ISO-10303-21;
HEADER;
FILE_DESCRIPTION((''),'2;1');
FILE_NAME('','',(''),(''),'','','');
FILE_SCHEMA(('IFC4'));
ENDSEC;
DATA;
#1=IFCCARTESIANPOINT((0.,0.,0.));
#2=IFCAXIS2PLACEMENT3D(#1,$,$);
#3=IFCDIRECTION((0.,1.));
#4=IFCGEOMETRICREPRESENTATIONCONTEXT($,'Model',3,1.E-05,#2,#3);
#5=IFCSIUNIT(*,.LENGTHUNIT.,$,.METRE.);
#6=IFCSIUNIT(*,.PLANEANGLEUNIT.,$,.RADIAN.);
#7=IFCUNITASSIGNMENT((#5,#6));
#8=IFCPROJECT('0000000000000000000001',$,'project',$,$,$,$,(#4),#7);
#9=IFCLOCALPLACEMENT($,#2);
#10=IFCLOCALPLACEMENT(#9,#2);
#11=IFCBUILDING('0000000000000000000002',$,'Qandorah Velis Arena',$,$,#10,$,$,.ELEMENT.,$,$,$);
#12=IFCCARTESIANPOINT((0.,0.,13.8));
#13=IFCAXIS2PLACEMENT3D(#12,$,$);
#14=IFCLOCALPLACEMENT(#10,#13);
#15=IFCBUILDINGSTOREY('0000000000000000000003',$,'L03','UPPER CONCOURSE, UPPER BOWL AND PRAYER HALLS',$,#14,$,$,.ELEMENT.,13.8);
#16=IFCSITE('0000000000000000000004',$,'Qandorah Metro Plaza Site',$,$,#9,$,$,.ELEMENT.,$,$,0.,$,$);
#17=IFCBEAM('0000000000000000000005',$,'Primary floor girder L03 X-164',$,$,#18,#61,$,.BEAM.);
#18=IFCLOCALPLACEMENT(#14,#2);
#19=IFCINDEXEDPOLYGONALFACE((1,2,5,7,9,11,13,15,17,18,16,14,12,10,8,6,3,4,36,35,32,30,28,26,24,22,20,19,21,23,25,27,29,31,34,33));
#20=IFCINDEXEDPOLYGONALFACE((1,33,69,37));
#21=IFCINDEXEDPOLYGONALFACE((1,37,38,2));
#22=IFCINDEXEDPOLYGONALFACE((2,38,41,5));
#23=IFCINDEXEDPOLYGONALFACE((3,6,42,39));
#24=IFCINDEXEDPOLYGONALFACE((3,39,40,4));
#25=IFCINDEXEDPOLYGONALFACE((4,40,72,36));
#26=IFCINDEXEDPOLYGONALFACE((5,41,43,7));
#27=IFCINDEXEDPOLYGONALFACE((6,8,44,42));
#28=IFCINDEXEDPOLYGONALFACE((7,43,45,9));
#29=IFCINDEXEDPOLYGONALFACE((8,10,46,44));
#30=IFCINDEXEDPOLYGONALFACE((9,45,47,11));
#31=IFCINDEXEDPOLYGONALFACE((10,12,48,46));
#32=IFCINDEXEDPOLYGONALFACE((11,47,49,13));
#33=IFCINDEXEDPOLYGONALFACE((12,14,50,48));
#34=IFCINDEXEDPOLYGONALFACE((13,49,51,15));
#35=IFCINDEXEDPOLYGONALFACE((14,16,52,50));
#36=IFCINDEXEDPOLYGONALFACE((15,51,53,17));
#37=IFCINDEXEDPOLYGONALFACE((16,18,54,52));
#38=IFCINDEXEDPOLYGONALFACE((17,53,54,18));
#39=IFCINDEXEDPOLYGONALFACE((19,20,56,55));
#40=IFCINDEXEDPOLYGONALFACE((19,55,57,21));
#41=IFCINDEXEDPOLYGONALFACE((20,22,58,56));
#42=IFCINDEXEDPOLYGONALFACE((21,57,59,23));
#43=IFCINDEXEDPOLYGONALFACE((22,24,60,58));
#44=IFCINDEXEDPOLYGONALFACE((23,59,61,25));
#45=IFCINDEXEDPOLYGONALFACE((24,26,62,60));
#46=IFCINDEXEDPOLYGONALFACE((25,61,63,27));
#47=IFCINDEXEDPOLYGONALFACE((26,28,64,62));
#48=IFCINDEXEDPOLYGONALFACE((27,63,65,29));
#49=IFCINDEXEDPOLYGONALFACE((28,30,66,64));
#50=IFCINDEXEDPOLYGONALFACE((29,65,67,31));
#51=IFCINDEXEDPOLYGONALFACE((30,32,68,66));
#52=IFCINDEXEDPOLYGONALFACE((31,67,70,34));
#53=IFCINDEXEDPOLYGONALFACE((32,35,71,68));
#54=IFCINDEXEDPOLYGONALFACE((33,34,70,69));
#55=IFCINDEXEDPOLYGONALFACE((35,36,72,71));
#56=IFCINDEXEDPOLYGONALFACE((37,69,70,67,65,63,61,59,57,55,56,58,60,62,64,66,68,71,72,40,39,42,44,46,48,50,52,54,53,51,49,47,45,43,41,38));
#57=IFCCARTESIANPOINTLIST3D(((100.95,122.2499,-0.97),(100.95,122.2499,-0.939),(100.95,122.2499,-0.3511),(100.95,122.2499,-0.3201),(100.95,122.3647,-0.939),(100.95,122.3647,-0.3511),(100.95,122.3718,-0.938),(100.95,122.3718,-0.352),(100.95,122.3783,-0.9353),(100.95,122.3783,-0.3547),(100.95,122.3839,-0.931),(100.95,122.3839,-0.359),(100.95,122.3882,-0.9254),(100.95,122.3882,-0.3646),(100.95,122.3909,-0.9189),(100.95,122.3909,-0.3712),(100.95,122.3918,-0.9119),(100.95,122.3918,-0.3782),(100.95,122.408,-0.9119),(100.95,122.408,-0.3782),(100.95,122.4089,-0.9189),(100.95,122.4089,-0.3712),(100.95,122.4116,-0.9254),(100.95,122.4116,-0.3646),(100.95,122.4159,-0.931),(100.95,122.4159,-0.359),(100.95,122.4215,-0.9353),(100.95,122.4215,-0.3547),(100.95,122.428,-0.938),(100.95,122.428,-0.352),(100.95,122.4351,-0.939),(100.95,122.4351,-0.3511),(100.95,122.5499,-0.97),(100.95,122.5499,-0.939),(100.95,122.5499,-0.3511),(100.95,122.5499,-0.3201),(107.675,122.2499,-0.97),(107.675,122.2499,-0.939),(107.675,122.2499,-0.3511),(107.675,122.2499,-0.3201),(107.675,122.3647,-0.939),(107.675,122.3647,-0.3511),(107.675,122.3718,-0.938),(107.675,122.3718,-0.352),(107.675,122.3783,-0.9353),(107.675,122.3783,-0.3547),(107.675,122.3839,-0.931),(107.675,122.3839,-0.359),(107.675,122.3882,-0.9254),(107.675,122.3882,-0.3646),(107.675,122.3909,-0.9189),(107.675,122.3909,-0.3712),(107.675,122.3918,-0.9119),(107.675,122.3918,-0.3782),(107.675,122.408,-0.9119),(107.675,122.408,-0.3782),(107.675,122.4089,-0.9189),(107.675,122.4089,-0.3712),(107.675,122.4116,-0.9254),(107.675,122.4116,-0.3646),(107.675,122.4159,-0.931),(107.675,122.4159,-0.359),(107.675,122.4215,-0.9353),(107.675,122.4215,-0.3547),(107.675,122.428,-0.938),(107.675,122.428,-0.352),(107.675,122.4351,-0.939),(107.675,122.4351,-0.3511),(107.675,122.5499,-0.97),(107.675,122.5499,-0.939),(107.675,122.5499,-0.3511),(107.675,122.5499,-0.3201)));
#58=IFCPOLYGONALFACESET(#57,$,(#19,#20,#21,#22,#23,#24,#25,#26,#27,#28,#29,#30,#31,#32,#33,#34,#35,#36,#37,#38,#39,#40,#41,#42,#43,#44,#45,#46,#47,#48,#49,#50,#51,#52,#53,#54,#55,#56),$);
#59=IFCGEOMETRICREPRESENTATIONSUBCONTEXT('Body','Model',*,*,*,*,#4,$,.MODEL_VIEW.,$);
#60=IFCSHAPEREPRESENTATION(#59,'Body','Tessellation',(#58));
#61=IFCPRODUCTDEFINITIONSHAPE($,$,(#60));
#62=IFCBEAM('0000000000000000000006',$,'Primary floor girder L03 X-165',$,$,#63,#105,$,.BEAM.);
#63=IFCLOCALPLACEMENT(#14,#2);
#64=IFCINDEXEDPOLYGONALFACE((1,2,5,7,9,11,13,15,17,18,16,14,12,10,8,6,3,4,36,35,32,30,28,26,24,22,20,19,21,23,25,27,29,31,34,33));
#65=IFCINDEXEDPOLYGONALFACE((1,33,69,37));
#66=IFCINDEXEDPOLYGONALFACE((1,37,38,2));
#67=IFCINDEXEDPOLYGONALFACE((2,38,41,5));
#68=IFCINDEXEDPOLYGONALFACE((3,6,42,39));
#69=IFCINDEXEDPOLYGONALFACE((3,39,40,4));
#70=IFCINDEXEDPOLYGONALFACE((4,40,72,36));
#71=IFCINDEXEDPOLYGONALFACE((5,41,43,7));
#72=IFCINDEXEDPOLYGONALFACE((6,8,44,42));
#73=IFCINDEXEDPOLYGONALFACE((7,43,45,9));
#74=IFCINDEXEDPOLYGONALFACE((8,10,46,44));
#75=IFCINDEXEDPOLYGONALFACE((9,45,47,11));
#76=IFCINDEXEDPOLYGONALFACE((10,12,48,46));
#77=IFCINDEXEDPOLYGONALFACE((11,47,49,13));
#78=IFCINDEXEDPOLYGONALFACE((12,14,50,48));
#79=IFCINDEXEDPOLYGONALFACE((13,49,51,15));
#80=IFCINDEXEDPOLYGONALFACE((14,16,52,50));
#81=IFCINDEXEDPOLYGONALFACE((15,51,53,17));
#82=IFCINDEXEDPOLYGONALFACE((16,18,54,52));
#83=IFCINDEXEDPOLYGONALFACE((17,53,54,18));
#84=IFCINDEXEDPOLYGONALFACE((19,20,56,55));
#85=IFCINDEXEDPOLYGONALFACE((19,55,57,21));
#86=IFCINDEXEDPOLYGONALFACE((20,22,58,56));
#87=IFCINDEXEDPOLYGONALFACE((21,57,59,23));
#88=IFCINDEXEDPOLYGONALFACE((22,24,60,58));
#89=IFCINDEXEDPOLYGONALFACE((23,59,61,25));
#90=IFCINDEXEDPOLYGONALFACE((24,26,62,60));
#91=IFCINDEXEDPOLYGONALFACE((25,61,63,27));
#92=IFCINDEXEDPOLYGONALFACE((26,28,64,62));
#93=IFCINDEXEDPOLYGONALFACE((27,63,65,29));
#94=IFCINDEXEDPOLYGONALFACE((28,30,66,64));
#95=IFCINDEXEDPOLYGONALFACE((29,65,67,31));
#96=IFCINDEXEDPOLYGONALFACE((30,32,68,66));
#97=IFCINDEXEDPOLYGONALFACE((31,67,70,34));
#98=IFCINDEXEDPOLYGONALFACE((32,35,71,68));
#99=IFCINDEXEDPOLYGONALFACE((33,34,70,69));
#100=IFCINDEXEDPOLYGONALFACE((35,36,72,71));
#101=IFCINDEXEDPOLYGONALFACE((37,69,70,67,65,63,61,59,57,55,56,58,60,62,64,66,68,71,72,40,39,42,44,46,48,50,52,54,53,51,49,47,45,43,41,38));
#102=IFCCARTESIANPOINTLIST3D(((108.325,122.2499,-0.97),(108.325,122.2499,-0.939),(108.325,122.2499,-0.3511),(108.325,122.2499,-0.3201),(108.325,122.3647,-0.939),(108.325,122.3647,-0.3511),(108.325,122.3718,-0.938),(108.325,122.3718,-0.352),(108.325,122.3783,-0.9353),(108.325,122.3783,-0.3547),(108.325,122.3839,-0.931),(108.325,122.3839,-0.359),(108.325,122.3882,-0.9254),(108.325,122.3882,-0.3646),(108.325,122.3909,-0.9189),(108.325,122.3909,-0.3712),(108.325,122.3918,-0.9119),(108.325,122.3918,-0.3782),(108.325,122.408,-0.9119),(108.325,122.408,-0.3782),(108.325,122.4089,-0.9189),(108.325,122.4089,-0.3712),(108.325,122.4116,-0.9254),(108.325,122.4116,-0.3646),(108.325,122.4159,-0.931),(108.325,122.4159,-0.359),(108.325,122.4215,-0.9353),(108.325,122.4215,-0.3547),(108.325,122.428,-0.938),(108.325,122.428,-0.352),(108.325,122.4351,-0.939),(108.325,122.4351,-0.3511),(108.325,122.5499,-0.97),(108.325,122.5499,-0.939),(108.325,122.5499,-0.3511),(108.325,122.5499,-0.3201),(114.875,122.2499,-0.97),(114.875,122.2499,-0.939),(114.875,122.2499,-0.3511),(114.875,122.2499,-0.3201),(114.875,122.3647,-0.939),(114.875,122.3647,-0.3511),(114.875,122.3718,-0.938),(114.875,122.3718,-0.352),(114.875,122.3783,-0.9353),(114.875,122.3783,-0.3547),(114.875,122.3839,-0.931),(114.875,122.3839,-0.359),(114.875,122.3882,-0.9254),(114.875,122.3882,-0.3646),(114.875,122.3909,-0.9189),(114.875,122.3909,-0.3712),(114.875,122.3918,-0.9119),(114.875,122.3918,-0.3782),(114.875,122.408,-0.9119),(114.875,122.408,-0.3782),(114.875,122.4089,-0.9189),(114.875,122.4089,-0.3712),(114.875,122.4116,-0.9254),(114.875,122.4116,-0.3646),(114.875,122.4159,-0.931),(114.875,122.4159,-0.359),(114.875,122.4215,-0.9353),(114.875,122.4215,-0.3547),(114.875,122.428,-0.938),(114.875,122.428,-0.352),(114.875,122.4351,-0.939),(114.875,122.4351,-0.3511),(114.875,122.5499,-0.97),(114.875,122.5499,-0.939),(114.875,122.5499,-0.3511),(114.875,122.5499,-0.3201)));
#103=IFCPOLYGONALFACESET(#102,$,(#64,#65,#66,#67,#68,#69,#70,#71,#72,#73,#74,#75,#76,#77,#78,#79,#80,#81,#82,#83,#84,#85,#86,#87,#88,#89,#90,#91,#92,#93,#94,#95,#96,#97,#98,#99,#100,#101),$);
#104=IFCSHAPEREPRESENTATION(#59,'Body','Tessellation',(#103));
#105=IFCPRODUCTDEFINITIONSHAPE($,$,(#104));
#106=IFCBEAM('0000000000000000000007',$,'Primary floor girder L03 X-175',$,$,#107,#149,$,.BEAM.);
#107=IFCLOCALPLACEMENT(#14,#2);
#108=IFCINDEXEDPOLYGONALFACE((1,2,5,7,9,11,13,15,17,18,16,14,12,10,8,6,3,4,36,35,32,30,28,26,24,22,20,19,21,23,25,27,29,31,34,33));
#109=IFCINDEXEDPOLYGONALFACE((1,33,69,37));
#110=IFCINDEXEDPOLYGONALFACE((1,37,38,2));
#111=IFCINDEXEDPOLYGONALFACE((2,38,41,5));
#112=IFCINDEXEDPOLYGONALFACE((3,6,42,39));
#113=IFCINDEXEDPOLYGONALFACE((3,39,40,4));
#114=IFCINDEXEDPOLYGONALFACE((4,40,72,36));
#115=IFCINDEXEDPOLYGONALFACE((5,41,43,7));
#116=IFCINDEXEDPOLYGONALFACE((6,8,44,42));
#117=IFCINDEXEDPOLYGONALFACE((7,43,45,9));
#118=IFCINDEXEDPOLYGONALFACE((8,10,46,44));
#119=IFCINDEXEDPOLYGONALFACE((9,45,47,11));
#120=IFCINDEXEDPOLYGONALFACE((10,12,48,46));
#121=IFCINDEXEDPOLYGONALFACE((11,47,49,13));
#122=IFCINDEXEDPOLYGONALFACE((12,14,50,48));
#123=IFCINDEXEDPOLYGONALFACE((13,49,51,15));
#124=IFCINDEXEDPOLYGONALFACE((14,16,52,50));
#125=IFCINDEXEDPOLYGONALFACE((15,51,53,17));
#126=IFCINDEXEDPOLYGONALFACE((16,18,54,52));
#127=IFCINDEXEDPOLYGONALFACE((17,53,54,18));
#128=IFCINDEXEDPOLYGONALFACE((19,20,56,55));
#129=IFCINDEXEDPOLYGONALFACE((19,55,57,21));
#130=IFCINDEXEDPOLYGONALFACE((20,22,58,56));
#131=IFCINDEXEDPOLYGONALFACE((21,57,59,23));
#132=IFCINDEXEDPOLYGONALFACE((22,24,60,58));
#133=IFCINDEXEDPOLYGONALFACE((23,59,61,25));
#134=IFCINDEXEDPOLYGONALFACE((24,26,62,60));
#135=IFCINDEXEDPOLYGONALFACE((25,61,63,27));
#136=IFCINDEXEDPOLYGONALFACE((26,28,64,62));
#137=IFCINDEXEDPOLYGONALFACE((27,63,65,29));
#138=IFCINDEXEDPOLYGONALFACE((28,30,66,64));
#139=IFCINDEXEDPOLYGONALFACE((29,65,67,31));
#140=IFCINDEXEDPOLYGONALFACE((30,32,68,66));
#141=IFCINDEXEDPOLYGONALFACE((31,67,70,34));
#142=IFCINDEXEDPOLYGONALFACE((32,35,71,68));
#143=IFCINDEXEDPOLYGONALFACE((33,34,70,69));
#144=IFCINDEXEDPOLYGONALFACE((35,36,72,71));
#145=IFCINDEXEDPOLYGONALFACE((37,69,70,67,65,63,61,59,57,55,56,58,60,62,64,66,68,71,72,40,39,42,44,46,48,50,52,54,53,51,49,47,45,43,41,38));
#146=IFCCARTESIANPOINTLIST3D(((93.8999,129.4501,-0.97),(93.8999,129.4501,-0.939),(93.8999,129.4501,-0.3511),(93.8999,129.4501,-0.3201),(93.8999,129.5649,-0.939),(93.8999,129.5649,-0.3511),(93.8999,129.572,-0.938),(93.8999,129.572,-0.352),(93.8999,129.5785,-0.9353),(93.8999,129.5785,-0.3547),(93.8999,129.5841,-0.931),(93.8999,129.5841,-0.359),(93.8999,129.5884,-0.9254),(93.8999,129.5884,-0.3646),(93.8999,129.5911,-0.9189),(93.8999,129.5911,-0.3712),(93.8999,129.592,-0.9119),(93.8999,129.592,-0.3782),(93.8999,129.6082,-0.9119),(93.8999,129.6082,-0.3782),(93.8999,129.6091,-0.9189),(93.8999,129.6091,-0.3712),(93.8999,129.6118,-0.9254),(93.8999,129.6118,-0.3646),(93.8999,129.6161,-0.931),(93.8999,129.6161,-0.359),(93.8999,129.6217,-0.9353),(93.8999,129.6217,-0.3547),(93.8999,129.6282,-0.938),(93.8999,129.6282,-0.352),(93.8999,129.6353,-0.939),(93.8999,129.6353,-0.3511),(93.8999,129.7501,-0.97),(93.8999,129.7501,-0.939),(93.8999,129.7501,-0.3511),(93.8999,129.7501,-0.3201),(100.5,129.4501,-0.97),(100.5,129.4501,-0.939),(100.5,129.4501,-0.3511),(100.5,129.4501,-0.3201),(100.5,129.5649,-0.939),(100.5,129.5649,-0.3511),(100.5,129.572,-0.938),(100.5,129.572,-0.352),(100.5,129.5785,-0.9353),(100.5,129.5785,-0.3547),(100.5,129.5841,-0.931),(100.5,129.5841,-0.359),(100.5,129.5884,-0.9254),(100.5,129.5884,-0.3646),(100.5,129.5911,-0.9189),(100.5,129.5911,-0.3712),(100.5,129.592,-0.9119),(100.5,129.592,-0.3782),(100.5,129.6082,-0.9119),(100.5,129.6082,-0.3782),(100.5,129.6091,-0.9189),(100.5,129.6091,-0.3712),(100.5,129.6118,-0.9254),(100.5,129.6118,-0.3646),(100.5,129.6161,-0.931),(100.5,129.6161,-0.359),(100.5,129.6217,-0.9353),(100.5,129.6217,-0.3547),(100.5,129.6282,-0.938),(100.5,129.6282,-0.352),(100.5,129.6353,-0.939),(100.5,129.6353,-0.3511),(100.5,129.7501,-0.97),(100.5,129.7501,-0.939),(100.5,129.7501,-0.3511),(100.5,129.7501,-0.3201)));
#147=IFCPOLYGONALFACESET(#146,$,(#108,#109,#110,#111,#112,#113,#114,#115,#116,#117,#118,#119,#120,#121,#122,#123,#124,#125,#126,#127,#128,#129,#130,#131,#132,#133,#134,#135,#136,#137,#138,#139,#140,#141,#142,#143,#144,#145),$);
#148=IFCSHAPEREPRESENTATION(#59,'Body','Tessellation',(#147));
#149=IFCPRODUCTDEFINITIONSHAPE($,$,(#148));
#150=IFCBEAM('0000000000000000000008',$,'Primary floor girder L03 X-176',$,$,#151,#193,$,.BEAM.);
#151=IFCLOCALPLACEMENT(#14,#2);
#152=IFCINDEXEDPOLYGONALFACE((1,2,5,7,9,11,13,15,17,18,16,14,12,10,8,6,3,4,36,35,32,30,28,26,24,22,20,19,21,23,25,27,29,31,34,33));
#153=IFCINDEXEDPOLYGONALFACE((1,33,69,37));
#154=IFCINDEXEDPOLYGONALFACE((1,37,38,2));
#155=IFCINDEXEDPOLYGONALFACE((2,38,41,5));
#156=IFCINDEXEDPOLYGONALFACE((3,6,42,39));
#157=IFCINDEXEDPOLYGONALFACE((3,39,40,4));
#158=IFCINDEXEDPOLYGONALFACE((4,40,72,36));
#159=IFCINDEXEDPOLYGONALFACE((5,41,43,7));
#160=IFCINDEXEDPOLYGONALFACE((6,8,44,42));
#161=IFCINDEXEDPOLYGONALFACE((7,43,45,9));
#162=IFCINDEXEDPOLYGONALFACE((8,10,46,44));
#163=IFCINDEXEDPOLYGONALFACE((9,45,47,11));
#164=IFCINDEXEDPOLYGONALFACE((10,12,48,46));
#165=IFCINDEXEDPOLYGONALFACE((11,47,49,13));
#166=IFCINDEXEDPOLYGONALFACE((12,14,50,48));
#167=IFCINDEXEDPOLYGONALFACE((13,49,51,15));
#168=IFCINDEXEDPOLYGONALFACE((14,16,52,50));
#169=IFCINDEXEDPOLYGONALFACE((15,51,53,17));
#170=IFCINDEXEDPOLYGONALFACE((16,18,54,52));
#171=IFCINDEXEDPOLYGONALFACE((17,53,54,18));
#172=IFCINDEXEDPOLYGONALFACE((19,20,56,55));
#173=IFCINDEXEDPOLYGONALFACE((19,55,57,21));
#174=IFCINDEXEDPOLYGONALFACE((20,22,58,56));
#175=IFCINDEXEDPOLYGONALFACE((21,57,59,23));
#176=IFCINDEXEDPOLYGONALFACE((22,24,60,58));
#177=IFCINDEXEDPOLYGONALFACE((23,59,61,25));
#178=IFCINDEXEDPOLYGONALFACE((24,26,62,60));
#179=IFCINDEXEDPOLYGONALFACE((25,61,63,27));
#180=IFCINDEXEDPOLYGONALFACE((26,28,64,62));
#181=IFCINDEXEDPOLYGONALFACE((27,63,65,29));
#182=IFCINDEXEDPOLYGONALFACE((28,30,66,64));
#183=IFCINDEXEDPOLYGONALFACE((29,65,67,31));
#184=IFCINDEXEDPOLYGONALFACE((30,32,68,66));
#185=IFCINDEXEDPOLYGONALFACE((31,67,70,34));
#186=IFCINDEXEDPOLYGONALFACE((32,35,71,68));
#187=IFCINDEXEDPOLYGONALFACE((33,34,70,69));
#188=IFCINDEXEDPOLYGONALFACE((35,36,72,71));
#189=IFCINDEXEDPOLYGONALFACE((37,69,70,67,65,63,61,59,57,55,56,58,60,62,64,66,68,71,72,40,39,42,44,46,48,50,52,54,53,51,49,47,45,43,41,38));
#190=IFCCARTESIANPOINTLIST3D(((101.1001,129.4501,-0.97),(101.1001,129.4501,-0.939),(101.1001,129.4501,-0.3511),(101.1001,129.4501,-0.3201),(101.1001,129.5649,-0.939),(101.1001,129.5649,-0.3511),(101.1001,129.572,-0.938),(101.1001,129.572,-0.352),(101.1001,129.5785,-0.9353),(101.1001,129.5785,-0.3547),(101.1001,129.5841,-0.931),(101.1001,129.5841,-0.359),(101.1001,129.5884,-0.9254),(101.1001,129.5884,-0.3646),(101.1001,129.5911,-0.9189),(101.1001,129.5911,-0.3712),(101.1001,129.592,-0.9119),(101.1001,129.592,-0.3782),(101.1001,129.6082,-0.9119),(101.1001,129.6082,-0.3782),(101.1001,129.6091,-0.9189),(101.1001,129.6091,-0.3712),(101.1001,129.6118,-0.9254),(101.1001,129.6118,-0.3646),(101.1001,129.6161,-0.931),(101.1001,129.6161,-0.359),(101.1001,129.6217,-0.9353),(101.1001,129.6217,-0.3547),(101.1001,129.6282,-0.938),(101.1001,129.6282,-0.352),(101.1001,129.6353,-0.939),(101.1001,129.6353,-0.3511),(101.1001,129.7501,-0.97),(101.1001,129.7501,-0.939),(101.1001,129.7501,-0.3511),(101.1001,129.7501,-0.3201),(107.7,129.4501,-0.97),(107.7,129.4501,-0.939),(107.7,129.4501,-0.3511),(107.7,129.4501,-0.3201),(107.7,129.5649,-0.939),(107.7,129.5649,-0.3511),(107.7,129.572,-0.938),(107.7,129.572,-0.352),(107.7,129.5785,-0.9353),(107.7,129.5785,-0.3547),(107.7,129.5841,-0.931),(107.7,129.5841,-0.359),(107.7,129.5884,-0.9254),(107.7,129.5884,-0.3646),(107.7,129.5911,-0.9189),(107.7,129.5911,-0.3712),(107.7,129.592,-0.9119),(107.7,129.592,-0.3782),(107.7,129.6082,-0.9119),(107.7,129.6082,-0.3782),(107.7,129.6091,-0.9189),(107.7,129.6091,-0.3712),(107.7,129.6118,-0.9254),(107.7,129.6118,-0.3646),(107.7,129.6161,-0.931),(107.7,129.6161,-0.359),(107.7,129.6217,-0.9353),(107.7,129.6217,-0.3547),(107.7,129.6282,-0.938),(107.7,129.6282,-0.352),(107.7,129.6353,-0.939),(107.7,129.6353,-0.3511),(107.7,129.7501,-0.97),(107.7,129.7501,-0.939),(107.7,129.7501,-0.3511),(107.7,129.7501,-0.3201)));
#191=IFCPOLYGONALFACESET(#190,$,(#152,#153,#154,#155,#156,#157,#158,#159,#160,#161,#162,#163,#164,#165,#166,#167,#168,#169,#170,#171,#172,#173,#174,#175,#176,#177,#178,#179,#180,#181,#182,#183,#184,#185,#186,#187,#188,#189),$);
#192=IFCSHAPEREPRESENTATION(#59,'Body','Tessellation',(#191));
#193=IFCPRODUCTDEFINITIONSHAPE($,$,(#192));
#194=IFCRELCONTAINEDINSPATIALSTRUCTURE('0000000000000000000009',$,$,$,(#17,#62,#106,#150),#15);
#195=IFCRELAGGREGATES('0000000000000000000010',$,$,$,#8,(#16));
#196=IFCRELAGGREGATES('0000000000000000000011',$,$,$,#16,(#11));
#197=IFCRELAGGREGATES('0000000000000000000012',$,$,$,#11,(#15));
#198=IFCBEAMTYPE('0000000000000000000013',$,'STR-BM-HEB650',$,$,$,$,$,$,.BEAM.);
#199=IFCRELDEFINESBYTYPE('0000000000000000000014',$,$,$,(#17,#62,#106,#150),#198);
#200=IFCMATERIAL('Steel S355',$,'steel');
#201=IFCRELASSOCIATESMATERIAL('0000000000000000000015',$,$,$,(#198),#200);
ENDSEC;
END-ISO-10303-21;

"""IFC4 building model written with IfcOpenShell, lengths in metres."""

from ifc_helpers import new_model, si_unit, direction, frame, origin, origin_2d, place, context, subcontext, project, spatial, i_section, extrude, material, material_profile, profile_set, type_object, element, save


model = new_model("IFC4")

# Units and contexts
model_context = context("Model", 3, precision=1e-05, world=origin(), true_north=direction((0.0, 1.0)))
body_context = subcontext(model_context, "Body", "Model", "MODEL_VIEW")
ifc_project = project(units=[si_unit("LENGTHUNIT", "METRE"), si_unit("PLANEANGLEUNIT", "RADIAN")], contexts=[model_context])

# Site, building, storey
site_placement = place(None, origin())
site = spatial("IfcSite", under=ifc_project, at=site_placement, Name="Qandorah Metro Plaza Site", CompositionType="ELEMENT", RefElevation=0.0)
building_placement = place(site_placement, origin())
building = spatial("IfcBuilding", under=site, at=building_placement, Name="Qandorah Velis Arena", CompositionType="ELEMENT")
storey_placement = place(building_placement, frame((0.0, 0.0, 13.8)))
storey = spatial("IfcBuildingStorey", under=building, at=storey_placement, Name="L03", Description="UPPER CONCOURSE, UPPER BOWL AND PRAYER HALLS", CompositionType="ELEMENT", Elevation=13.8)

# Beams
ifc_material_1 = material(Name="Steel S355", Category="steel")
ifc_material_profile_1 = material_profile(ifc_material_1, i_section(OverallWidth=0.3, OverallDepth=0.6499, WebThickness=0.0161, FlangeThickness=0.031, FilletRadius=0.0271, at=origin_2d()), Name="HEB 650")
ifc_profile_set_1 = profile_set([ifc_material_profile_1], Name="Steel S355")
beam_type_1 = type_object("IfcBeamType", Name="STR-BM-HEB650", PredefinedType="BEAM", material=ifc_profile_set_1)
beam_1_placement = place(storey_placement, frame((100.95, 122.3999, -0.645), z_axis=(1.0, 0.0, 0.0), x_axis=(0.0, 1.0, 0.0)))
element("IfcBeam", 1, at=beam_1_placement, inside=storey, type_object=beam_type_1, Name="Primary floor girder L03 X-164", PredefinedType="BEAM", context=body_context, shape_type="SweptSolid", body=[
    extrude(i_section(OverallWidth=0.3, OverallDepth=0.6499, WebThickness=0.0161, FlangeThickness=0.031, FilletRadius=0.0271, at=origin_2d()), origin(), (0.0, 0.0, 1.0), 6.7251),
])
beam_2_placement = place(storey_placement, frame((108.325, 122.3999, -0.645), z_axis=(1.0, 0.0, 0.0), x_axis=(0.0, 1.0, 0.0)))
element("IfcBeam", 2, at=beam_2_placement, inside=storey, type_object=beam_type_1, Name="Primary floor girder L03 X-165", PredefinedType="BEAM", context=body_context, shape_type="SweptSolid", body=[
    extrude(i_section(OverallWidth=0.3, OverallDepth=0.6499, WebThickness=0.0161, FlangeThickness=0.031, FilletRadius=0.0271, at=origin_2d()), origin(), (0.0, 0.0, 1.0), 6.55),
])
beam_3_placement = place(storey_placement, frame((93.8999, 129.6001, -0.645), z_axis=(1.0, 0.0, 0.0), x_axis=(0.0, 1.0, 0.0)))
element("IfcBeam", 3, at=beam_3_placement, inside=storey, type_object=beam_type_1, Name="Primary floor girder L03 X-175", PredefinedType="BEAM", context=body_context, shape_type="SweptSolid", body=[
    extrude(i_section(OverallWidth=0.3, OverallDepth=0.6499, WebThickness=0.0161, FlangeThickness=0.031, FilletRadius=0.0271, at=origin_2d()), origin(), (0.0, 0.0, 1.0), 6.6001),
])
for number, where, z_axis, x_axis, name in (
    (4, (101.1001, 129.6001, -0.645), (1.0, 0.0, 0.0), (0.0, 1.0, 0.0), "Primary floor girder L03 X-176"),
):
    element("IfcBeam", number, at=place(storey_placement, frame(where, z_axis=z_axis, x_axis=x_axis)), inside=storey, type_object=beam_type_1, Name=name, PredefinedType="BEAM", context=body_context, shape_type="SweptSolid", body=[
        extrude(i_section(OverallWidth=0.3, OverallDepth=0.6499, WebThickness=0.0161, FlangeThickness=0.031, FilletRadius=0.0271, at=origin_2d()), origin(), (0.0, 0.0, 1.0), 6.5999),
    ])

save(model, "model.ifc")
